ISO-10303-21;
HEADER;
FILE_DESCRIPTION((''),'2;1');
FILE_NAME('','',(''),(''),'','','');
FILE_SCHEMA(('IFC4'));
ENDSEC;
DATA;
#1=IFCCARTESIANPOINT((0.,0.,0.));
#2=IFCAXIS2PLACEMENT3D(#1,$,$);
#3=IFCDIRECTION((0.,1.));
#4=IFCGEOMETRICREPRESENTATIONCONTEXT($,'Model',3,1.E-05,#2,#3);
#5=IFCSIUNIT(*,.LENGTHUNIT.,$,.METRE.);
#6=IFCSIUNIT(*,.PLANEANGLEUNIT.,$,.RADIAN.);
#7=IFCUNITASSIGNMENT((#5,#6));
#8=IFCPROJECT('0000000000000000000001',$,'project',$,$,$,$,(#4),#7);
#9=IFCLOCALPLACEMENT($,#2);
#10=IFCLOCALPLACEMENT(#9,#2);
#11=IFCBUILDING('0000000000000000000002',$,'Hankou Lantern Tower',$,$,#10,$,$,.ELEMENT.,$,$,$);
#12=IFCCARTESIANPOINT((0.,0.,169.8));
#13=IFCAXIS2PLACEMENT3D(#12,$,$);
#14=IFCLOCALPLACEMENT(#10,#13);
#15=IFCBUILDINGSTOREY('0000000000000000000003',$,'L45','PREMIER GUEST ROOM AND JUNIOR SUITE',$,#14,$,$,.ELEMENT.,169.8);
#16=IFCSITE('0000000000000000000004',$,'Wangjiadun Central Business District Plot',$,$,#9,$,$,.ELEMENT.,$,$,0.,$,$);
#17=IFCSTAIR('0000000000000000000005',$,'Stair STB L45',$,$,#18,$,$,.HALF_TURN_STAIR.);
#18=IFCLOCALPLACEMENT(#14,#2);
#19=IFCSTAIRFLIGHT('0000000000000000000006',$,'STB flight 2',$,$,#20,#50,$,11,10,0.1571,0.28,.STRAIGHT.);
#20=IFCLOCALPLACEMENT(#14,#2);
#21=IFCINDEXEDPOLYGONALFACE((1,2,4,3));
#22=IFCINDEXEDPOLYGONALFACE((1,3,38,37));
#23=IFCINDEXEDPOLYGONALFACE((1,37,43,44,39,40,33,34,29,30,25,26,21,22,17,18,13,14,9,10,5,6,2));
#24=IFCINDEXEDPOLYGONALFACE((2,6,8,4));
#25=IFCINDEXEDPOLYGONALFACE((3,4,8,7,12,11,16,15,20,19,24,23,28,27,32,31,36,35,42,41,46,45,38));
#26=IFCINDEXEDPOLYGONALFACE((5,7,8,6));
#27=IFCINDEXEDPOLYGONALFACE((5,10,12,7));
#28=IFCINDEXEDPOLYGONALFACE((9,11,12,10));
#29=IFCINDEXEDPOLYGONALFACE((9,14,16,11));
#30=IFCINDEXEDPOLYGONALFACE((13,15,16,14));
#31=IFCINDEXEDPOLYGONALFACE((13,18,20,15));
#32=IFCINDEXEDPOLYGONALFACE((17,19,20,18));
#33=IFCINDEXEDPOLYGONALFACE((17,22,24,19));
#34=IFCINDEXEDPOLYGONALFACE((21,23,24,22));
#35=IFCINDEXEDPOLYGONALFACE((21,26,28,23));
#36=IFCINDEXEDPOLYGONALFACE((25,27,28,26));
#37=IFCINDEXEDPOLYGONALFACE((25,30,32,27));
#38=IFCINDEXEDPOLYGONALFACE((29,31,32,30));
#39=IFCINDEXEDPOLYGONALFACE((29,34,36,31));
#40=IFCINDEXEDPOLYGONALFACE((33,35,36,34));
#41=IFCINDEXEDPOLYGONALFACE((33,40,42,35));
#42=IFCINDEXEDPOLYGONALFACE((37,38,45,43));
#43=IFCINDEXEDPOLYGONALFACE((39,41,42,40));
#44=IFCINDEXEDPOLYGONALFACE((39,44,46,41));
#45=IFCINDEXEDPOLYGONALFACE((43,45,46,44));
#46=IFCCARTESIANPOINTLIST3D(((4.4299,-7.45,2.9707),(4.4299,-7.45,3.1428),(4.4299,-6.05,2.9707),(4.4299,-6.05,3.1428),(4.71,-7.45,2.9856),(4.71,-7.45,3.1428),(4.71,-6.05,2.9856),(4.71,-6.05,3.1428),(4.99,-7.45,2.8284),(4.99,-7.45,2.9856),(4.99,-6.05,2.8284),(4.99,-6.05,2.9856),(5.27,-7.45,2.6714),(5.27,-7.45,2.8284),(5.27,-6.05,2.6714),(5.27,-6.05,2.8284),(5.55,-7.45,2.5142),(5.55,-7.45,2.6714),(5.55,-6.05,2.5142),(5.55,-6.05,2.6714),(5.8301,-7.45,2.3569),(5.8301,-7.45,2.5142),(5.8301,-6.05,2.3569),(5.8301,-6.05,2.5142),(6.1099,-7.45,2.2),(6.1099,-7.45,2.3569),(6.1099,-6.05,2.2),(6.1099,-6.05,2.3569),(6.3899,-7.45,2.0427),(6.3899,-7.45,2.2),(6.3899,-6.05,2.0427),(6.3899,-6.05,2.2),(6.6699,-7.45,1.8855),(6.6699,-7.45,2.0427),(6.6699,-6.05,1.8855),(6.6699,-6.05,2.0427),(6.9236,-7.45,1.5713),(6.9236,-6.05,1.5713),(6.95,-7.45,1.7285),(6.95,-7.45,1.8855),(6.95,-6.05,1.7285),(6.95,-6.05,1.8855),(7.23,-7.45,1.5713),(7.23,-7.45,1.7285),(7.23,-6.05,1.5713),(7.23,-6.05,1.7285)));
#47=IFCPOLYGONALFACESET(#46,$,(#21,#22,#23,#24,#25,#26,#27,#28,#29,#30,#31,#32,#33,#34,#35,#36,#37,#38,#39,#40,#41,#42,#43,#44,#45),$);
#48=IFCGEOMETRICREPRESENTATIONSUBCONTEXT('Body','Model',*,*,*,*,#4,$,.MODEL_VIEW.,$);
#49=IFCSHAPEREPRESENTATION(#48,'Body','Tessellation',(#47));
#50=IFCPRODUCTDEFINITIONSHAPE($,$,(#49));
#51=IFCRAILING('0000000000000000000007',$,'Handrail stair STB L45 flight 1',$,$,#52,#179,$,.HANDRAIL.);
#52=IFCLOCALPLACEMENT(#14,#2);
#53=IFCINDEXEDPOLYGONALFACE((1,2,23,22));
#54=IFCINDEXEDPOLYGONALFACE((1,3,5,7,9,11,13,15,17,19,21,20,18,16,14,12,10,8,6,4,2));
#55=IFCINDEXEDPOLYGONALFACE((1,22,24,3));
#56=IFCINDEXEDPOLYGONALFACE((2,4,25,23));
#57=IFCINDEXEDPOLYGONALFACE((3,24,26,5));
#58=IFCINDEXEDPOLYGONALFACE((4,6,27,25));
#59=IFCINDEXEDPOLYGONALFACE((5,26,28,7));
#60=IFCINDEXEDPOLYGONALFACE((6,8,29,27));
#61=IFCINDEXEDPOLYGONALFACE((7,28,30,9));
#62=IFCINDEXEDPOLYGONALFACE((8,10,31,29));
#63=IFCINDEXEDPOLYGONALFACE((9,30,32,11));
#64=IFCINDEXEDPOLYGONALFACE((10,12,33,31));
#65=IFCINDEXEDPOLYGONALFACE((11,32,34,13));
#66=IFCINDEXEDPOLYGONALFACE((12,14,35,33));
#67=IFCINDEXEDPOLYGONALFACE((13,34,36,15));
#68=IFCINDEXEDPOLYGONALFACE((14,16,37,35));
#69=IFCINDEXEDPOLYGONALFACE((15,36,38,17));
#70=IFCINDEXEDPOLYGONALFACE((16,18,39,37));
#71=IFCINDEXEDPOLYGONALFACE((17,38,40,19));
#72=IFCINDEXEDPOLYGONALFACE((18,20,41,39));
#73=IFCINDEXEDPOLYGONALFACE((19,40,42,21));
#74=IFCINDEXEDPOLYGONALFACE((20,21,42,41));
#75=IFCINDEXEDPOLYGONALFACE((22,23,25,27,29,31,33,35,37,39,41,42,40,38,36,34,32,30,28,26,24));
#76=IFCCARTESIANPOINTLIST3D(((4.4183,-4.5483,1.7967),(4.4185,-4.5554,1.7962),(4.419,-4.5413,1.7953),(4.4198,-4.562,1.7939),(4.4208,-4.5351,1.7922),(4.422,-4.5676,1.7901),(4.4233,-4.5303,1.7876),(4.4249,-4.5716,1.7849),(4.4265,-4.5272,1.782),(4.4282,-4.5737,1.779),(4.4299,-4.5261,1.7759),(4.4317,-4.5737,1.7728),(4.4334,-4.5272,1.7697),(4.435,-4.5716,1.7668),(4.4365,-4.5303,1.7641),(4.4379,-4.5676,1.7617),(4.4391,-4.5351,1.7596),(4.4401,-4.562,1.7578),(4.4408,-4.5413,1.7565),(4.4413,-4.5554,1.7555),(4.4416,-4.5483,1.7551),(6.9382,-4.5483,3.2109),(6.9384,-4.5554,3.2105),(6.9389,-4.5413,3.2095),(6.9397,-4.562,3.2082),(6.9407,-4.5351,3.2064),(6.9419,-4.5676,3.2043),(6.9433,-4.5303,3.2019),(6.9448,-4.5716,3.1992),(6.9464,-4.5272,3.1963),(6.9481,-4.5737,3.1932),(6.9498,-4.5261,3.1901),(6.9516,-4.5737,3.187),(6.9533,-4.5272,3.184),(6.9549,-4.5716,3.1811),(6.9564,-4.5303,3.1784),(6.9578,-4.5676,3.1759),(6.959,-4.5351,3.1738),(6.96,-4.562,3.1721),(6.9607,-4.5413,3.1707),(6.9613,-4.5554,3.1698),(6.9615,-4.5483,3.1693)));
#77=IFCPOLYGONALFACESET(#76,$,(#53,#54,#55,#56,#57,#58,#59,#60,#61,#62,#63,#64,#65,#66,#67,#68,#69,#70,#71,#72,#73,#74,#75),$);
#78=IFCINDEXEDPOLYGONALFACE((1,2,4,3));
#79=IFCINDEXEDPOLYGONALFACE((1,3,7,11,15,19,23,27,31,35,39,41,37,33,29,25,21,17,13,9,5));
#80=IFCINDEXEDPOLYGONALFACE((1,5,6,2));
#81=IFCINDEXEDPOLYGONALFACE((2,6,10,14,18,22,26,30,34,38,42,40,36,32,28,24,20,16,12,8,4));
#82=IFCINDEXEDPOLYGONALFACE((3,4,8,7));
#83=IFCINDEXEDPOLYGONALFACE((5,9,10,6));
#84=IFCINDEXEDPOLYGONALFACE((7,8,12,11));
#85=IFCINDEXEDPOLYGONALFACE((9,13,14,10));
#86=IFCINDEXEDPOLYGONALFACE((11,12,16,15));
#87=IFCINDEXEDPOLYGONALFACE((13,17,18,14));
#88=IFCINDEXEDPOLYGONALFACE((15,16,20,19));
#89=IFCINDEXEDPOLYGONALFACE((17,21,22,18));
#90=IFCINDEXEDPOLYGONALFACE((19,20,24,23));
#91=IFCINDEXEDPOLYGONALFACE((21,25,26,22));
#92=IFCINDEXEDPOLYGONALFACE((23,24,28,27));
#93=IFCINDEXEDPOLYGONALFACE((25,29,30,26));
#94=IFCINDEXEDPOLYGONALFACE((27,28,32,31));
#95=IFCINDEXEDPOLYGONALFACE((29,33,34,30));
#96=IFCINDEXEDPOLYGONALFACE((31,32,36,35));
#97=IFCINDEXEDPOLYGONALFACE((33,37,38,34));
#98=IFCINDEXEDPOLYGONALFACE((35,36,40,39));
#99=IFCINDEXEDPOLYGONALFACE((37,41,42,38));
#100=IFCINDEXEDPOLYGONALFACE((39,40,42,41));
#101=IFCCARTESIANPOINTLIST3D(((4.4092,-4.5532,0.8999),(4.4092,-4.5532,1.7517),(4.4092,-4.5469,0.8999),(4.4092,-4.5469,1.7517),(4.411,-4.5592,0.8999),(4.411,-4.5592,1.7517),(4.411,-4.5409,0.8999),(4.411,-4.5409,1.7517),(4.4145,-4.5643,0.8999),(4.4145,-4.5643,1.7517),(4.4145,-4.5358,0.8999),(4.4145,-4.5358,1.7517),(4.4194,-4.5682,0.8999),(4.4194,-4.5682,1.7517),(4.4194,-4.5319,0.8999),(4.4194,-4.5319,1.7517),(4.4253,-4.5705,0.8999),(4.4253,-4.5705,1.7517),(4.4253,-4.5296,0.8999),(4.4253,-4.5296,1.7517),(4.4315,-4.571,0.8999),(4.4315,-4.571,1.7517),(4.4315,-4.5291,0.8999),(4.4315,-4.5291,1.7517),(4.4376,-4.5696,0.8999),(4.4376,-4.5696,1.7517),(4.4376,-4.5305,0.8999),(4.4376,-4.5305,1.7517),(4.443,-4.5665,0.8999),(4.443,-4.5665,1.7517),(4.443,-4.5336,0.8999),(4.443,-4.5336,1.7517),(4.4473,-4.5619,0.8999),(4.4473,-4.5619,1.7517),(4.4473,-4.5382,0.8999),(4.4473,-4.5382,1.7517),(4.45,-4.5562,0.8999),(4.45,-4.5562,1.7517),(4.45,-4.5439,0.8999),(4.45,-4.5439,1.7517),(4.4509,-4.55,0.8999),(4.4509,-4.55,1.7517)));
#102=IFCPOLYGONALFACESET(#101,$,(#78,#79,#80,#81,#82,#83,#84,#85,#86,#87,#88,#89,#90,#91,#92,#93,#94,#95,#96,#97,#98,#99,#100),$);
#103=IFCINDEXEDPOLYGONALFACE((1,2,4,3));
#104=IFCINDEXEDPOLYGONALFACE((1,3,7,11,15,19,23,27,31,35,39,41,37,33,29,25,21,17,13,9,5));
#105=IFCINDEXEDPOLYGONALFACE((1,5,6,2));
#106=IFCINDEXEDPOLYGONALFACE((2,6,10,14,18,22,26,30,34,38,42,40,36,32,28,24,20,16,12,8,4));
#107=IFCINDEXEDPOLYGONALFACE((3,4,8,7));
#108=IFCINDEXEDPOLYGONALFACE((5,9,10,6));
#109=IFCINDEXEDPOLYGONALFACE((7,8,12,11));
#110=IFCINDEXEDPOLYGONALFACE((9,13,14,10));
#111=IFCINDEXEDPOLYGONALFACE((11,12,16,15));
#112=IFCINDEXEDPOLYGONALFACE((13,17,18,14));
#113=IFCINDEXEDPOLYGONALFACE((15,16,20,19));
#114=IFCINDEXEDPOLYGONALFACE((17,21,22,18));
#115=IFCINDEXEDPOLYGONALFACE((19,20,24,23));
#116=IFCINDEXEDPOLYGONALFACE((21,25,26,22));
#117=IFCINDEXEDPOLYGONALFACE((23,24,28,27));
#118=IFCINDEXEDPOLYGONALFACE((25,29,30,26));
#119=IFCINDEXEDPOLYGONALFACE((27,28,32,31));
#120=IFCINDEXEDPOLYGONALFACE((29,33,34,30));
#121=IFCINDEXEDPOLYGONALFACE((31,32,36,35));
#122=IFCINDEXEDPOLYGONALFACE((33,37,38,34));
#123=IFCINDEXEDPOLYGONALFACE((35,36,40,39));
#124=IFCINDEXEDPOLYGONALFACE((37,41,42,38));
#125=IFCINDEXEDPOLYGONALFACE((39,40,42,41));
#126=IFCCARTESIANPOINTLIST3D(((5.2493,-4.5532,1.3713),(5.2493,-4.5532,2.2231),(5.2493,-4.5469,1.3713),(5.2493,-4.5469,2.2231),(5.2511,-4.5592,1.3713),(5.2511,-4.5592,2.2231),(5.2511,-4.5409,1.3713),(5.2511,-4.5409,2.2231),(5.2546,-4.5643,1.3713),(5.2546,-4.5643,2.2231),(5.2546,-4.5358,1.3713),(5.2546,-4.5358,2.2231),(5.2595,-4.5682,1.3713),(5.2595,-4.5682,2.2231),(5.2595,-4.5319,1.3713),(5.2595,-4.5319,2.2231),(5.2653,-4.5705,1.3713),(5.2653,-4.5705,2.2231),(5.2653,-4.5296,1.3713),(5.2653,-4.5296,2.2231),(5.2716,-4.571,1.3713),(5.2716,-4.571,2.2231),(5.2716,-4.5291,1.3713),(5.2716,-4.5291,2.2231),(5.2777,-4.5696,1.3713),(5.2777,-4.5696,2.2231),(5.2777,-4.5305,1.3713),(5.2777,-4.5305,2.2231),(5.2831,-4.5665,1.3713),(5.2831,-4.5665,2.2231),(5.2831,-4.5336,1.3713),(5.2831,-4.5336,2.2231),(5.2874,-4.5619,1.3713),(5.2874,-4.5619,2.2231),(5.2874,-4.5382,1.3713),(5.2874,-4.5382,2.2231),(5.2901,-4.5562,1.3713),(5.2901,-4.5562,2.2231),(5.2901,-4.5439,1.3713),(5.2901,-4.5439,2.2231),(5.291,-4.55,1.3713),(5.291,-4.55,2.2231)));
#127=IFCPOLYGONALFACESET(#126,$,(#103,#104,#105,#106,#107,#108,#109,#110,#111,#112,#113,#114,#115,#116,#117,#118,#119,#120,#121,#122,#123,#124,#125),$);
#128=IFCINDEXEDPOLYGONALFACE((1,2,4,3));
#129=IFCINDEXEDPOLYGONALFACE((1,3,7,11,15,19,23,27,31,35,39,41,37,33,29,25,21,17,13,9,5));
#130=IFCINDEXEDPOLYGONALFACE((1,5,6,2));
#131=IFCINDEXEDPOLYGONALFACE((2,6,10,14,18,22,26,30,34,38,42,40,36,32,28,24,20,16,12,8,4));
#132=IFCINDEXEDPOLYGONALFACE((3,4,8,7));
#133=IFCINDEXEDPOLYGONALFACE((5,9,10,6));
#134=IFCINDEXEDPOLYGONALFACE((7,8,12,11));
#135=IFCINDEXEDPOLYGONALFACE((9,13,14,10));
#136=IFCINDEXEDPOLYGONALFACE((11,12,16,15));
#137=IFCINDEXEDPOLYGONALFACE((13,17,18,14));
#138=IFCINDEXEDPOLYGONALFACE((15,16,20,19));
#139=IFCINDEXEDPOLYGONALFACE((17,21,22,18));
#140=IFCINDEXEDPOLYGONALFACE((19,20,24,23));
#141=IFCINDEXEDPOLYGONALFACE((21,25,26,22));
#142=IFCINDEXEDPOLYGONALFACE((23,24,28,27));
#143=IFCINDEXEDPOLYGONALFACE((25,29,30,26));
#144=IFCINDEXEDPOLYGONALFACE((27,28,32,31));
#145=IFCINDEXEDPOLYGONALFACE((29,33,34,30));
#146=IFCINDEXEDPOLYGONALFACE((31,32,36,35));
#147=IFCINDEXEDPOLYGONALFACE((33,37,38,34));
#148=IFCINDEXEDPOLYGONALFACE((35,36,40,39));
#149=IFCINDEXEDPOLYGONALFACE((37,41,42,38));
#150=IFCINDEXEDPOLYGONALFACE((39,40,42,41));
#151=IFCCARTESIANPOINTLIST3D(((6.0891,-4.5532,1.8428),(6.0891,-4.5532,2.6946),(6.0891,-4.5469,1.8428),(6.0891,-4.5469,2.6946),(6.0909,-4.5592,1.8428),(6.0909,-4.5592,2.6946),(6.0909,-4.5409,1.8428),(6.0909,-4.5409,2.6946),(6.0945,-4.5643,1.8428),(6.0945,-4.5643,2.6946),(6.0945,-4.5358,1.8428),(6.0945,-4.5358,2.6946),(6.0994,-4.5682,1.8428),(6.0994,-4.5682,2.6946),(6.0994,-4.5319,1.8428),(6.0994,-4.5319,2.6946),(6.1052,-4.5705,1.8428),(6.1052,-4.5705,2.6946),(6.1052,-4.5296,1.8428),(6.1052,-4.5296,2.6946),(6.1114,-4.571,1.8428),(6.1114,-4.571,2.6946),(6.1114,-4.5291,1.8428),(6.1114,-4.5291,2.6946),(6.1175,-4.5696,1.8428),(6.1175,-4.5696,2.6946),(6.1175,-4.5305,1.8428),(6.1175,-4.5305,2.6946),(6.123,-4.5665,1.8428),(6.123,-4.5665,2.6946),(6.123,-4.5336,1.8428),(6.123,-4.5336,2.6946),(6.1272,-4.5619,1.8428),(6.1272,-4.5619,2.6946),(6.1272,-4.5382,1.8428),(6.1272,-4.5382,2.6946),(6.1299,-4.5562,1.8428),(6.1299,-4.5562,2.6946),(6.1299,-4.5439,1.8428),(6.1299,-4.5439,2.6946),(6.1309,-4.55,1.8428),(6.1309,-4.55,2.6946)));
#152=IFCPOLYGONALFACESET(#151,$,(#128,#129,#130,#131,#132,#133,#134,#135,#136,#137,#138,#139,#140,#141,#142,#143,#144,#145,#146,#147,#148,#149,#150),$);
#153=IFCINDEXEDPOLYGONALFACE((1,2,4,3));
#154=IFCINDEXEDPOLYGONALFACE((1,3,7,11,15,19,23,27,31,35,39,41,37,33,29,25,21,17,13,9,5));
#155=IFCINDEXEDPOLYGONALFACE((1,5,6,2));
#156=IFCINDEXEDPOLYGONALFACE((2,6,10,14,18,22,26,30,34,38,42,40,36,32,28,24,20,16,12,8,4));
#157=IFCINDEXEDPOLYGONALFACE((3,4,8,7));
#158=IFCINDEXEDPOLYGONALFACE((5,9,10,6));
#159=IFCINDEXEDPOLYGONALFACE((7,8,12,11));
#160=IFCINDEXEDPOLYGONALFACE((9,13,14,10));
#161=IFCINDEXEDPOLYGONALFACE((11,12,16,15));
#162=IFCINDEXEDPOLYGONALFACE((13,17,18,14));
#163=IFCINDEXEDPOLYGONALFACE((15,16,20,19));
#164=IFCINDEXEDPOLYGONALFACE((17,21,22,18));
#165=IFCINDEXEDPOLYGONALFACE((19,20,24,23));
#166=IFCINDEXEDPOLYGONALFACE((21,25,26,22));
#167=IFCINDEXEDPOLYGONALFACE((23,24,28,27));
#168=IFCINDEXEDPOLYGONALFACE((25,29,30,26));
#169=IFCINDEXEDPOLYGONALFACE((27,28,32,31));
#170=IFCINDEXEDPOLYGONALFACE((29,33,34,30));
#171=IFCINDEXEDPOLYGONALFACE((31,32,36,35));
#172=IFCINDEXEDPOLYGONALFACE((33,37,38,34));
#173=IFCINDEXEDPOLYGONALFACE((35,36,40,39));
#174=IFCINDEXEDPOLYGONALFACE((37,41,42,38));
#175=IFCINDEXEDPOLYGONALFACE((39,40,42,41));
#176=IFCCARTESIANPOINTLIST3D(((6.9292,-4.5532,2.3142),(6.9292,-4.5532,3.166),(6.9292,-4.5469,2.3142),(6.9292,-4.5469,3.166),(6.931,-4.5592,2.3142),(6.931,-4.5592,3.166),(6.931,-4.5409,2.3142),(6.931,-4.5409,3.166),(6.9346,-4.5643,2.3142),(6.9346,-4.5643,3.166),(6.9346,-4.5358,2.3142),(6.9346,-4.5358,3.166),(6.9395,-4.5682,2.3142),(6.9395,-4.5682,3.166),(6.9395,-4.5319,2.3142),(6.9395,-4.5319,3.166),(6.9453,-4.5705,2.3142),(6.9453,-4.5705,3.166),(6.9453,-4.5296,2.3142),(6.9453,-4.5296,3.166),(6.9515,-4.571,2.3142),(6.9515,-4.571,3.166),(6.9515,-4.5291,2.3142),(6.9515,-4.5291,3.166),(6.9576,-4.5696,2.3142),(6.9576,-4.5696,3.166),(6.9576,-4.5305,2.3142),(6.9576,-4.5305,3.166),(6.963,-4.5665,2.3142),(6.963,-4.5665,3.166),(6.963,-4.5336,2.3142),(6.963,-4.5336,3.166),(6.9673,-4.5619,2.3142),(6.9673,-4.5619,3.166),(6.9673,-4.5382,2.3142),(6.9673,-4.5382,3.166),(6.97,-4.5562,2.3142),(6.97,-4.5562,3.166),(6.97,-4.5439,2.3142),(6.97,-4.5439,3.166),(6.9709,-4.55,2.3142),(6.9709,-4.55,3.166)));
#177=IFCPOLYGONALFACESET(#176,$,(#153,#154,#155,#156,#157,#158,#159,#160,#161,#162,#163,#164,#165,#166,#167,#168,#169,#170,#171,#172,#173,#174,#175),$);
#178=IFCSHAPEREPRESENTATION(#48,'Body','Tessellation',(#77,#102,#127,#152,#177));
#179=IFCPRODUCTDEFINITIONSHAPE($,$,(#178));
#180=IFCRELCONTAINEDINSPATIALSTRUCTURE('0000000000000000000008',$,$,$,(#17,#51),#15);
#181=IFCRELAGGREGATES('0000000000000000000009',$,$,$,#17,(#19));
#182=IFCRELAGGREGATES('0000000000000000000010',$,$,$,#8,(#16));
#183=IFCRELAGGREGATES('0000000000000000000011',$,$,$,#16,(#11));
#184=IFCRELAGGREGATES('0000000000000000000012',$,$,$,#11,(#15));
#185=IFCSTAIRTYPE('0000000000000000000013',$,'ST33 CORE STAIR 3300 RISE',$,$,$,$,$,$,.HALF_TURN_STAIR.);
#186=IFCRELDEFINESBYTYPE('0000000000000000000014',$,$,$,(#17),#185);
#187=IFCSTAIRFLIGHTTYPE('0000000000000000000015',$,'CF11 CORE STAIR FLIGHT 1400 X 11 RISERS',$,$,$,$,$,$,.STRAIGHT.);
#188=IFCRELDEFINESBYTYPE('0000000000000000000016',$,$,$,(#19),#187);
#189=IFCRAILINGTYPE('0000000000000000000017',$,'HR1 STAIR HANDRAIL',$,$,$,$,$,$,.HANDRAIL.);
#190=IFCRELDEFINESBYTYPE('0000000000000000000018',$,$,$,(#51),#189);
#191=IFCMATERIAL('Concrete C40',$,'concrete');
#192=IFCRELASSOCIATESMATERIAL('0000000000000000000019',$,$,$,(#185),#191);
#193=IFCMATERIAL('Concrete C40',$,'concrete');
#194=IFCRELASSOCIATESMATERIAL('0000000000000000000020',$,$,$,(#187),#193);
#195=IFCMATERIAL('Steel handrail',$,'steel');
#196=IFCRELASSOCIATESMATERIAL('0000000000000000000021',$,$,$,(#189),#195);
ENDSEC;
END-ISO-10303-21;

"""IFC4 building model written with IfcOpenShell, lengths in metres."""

from ifc_helpers import new_model, si_unit, direction, frame, origin, origin_2d, place, context, subcontext, project, spatial, polyline, circle, outline, extrude, material, type_object, element, aggregate, save


model = new_model("IFC4")

# Units and contexts
model_context = context("Model", 3, precision=1e-05, world=origin(), true_north=direction((0.0, 1.0)))
body_context = subcontext(model_context, "Body", "Model", "MODEL_VIEW")
ifc_project = project(units=[si_unit("LENGTHUNIT", "METRE"), si_unit("PLANEANGLEUNIT", "RADIAN")], contexts=[model_context])

# Site, building, storey
site_placement = place(None, origin())
site = spatial("IfcSite", under=ifc_project, at=site_placement, Name="Wangjiadun Central Business District Plot", CompositionType="ELEMENT", RefElevation=0.0)
building_placement = place(site_placement, origin())
building = spatial("IfcBuilding", under=site, at=building_placement, Name="Hankou Lantern Tower", CompositionType="ELEMENT")
storey_placement = place(building_placement, frame((0.0, 0.0, 169.8)))
storey = spatial("IfcBuildingStorey", under=building, at=storey_placement, Name="L45", Description="PREMIER GUEST ROOM AND JUNIOR SUITE", CompositionType="ELEMENT", Elevation=169.8)

# Stair, stair flight
ifc_material_1 = material(Name="Concrete C40", Category="concrete")
stair_type = type_object("IfcStairType", Name="ST33 CORE STAIR 3300 RISE", PredefinedType="HALF_TURN_STAIR", material=ifc_material_1)
stair_placement = place(storey_placement, origin())
stair = element("IfcStair", 1, at=stair_placement, inside=storey, type_object=stair_type, Name="Stair STB L45", PredefinedType="HALF_TURN_STAIR")
ifc_material_2 = material(Name="Concrete C40", Category="concrete")
stair_flight_type_1 = type_object("IfcStairFlightType", Name="CF11 CORE STAIR FLIGHT 1400 X 11 RISERS", PredefinedType="STRAIGHT", material=ifc_material_2)
stair_flight_1_placement = place(storey_placement, frame((7.23, -6.75, 1.5713), z_axis=(0.0, 0.0, 1.0), x_axis=(-1.0, 0.0, 0.0)))
stair_flight_1 = element("IfcStairFlight", 2, at=stair_flight_1_placement, type_object=stair_flight_type_1, Name="STB flight 2", NumberOfRisers=11, NumberOfTreads=10, PredefinedType="STRAIGHT", RiserHeight=0.1571, TreadLength=0.28, context=body_context, shape_type="SweptSolid", body=[
    extrude(outline(polyline([(0.0, 0.0), (0.0, 0.1572), (0.28, 0.1572), (0.28, 0.3142), (0.5601, 0.3142), (0.5601, 0.4714), (0.8401, 0.4714), (0.8401, 0.6287), (1.1201, 0.6287), (1.1201, 0.7856), (1.3999, 0.7856), (1.3999, 0.9429), (1.6799, 0.9429), (1.6799, 1.1001), (1.96, 1.1001), (1.96, 1.2571), (2.24, 1.2571), (2.24, 1.4143), (2.52, 1.4143), (2.52, 1.5715), (2.8, 1.5715), (2.8, 1.7285), (2.8, 1.3994), (0.3064, 0.0), (0.0, 0.0)])), frame((0.0, 0.7, 0.0), z_axis=(0.0, -1.0, 0.0), x_axis=(1.0, 0.0, 0.0)), (0.0, 0.0, 1.0), 1.3999),
])
aggregate(stair, [stair_flight_1])

# Railing
ifc_material_3 = material(Name="Steel handrail", Category="steel")
railing_type = type_object("IfcRailingType", Name="HR1 STAIR HANDRAIL", PredefinedType="HANDRAIL", material=ifc_material_3)
railing_1_placement = place(storey_placement, frame((4.4299, -4.55, 0.8999)))
element("IfcRailing", 3, at=railing_1_placement, inside=storey, type_object=railing_type, Name="Handrail stair STB L45 flight 1", PredefinedType="HANDRAIL", context=body_context, shape_type="SweptSolid", body=[
    extrude(circle(Radius=0.0239, at=origin_2d()), frame((0.0, 0.0, 0.876), z_axis=(0.872049, 0.0, 0.489419), x_axis=(0.0, 1.0, 0.0)), (0.0, 0.0, 1.0), 2.8896),
    extrude(circle(Radius=0.021, at=origin_2d()), origin(), (0.0, 0.0, 1.0), 0.8518),
    extrude(circle(Radius=0.021, at=origin_2d()), frame((0.8401, 0.0, 0.4714)), (0.0, 0.0, 1.0), 0.8518),
    extrude(circle(Radius=0.021, at=origin_2d()), frame((1.6799, 0.0, 0.9429)), (0.0, 0.0, 1.0), 0.8518),
    extrude(circle(Radius=0.021, at=origin_2d()), frame((2.52, 0.0, 1.4143)), (0.0, 0.0, 1.0), 0.8518),
])

save(model, "model.ifc")
